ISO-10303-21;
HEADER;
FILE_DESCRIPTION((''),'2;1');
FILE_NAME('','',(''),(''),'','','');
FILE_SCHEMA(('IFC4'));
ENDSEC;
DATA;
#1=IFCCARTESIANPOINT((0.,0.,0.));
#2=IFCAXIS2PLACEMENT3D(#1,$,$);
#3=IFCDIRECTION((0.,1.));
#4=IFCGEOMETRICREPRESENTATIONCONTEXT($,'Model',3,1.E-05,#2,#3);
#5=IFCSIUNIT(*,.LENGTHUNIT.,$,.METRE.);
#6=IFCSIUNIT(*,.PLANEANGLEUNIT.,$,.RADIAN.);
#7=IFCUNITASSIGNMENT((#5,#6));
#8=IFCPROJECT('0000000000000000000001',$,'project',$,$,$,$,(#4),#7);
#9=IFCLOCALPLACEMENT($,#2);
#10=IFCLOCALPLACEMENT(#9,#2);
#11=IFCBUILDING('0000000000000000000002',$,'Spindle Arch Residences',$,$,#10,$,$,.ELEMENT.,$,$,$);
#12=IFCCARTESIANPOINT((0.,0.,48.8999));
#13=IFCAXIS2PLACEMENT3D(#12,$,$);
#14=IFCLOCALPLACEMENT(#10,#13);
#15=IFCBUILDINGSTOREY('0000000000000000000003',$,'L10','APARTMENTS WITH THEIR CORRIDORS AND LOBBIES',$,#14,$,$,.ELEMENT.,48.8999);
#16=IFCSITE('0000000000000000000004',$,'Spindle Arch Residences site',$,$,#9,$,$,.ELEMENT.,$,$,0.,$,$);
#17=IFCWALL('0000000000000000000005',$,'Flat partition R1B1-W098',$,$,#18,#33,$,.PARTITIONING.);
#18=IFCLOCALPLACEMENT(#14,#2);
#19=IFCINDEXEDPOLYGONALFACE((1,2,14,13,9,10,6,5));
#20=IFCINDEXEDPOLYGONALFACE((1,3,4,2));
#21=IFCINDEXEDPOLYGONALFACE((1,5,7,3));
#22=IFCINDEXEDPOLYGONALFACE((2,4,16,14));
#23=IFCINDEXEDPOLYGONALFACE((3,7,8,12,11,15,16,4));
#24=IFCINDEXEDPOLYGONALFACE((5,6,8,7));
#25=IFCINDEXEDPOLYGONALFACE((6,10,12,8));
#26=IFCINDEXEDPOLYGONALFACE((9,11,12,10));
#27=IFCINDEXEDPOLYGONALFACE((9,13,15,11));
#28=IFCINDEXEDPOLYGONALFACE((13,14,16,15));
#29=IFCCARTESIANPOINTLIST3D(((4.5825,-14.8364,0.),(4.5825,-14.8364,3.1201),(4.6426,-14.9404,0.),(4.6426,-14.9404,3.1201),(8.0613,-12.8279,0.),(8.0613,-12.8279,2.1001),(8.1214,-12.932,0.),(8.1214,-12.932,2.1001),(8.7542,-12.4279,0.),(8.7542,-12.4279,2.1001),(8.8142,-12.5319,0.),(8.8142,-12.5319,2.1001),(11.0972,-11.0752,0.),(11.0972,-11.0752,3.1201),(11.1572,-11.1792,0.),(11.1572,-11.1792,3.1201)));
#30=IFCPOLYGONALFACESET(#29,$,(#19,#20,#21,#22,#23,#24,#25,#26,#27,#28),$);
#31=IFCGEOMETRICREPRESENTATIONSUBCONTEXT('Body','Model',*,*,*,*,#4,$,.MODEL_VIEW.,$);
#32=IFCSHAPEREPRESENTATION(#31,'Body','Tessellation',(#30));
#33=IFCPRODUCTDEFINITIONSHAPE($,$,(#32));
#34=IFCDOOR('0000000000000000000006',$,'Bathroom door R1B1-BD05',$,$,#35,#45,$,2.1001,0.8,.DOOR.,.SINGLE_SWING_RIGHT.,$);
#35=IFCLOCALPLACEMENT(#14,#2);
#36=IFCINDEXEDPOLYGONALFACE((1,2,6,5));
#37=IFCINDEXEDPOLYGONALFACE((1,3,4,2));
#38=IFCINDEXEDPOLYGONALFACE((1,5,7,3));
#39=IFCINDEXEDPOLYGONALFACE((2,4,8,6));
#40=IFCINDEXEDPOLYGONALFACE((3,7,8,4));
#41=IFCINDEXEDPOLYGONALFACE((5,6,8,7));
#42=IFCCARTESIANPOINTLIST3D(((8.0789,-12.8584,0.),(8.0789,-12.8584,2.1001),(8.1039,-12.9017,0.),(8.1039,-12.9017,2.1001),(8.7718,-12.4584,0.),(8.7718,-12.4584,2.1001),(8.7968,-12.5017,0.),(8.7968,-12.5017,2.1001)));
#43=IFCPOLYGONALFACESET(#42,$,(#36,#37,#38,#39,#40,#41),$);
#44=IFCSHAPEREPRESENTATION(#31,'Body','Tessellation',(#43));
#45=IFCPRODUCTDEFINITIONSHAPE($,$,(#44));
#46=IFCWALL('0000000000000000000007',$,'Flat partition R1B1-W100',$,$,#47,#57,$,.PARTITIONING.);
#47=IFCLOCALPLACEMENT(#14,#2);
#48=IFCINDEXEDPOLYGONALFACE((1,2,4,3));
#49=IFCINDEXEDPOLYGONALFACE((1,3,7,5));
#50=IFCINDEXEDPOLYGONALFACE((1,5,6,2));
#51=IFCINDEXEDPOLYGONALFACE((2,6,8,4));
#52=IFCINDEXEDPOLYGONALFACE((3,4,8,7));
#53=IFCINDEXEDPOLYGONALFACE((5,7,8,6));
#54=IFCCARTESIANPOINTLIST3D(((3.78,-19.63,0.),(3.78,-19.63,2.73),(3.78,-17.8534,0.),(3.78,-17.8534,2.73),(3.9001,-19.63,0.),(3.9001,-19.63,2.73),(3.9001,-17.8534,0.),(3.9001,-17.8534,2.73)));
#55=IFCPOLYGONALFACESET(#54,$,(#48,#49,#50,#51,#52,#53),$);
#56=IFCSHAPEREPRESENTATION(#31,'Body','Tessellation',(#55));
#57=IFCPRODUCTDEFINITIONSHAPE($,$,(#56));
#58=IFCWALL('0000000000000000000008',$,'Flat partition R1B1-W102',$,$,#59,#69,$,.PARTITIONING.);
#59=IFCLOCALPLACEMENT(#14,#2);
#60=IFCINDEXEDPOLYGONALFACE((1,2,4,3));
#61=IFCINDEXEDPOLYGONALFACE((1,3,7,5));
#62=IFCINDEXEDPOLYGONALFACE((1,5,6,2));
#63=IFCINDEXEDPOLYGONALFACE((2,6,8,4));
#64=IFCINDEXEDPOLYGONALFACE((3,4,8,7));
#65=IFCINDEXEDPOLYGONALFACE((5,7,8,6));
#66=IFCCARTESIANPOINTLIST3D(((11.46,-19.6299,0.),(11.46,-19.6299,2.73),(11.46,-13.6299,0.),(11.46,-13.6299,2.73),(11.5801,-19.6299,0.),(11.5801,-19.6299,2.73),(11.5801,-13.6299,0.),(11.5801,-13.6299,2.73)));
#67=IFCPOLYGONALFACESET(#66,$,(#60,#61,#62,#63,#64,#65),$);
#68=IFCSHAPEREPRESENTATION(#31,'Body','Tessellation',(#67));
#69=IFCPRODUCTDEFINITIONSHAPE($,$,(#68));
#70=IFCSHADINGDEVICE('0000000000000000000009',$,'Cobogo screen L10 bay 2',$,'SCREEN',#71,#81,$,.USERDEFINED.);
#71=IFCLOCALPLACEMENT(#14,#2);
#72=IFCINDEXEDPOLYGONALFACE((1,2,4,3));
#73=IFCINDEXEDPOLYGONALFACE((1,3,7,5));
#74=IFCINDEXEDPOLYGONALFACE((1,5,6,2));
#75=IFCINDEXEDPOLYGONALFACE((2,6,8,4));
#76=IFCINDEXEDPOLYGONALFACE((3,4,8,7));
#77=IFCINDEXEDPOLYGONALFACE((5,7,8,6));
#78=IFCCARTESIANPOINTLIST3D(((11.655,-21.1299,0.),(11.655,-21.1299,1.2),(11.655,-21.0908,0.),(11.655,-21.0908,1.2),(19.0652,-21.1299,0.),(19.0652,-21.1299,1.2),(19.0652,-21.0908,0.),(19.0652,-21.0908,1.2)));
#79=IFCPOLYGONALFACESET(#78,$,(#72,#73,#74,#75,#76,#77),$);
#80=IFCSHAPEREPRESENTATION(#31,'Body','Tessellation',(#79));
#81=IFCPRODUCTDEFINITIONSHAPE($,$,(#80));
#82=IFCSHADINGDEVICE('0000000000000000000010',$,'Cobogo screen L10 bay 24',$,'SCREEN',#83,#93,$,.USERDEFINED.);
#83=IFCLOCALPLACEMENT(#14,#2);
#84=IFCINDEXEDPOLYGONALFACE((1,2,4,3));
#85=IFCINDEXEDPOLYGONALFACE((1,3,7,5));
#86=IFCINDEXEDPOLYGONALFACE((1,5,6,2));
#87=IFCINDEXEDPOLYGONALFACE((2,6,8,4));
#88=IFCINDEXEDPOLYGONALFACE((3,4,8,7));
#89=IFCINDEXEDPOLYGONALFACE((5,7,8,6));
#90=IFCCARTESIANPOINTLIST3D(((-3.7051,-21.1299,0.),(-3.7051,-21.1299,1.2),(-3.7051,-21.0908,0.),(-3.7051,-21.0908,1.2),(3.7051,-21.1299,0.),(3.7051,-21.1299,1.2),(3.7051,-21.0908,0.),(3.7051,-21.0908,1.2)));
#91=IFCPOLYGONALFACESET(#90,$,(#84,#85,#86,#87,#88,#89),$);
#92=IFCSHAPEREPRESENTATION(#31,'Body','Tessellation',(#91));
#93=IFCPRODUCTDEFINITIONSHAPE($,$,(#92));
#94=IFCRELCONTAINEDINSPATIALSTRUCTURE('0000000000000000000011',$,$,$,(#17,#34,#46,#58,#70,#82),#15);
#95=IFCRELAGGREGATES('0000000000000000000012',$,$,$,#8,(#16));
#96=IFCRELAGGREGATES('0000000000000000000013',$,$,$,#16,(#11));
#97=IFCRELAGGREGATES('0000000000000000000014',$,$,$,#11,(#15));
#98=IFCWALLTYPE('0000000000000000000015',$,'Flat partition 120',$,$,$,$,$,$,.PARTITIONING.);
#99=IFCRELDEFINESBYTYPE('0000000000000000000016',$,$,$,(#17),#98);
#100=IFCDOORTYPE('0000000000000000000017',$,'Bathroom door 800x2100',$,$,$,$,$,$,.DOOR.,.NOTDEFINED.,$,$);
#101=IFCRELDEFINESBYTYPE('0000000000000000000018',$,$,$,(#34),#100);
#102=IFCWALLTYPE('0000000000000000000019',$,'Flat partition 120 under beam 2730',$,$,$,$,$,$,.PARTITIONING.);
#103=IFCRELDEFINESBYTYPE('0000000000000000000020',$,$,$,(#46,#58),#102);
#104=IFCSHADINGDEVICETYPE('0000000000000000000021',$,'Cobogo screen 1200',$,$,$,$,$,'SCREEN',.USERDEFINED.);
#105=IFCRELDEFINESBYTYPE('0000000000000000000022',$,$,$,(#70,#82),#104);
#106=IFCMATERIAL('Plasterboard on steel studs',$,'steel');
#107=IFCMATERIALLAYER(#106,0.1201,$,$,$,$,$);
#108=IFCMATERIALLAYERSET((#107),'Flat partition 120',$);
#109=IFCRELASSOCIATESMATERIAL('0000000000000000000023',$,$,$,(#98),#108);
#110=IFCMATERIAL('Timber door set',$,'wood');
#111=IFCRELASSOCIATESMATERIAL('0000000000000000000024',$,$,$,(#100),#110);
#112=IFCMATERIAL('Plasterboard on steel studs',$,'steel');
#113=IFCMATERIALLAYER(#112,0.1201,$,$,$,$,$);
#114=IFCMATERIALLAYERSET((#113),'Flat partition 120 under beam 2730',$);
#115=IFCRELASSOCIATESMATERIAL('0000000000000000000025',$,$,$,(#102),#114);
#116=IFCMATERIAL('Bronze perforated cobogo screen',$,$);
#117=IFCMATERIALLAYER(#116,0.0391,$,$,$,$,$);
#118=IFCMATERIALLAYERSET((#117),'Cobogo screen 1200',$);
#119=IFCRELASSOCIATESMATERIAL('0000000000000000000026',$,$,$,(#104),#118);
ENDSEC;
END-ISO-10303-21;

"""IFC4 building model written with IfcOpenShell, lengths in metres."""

from ifc_helpers import new_model, si_unit, direction, frame, frame_2d, origin, origin_2d, place, context, subcontext, project, spatial, rectangle, extrude, material, layer, layer_set, type_object, element, fill, save


model = new_model("IFC4")

# Units and contexts
model_context = context("Model", 3, precision=1e-05, world=origin(), true_north=direction((0.0, 1.0)))
body_context = subcontext(model_context, "Body", "Model", "MODEL_VIEW")
ifc_project = project(units=[si_unit("LENGTHUNIT", "METRE"), si_unit("PLANEANGLEUNIT", "RADIAN")], contexts=[model_context])

# Site, building, storey
site_placement = place(None, origin())
site = spatial("IfcSite", under=ifc_project, at=site_placement, Name="Spindle Arch Residences site", CompositionType="ELEMENT", RefElevation=0.0)
building_placement = place(site_placement, origin())
building = spatial("IfcBuilding", under=site, at=building_placement, Name="Spindle Arch Residences", CompositionType="ELEMENT")
storey_placement = place(building_placement, frame((0.0, 0.0, 48.8999)))
storey = spatial("IfcBuildingStorey", under=building, at=storey_placement, Name="L10", Description="APARTMENTS WITH THEIR CORRIDORS AND LOBBIES", CompositionType="ELEMENT", Elevation=48.8999)

# Shared definitions
ifc_material_1 = material(Name="Plasterboard on steel studs", Category="steel")
ifc_layer_1 = layer(ifc_material_1, 0.1201)
ifc_layer_set_1 = layer_set([ifc_layer_1], Name="Flat partition 120")
wall_type_1 = type_object("IfcWallType", Name="Flat partition 120", PredefinedType="PARTITIONING", material=ifc_layer_set_1)

# Wall, opening, door
wall_1_placement = place(storey_placement, frame((4.6125, -14.8884, 0.0), z_axis=(0.0, 0.0, 1.0), x_axis=(0.866026, 0.5, 0.0)))
wall_1 = element("IfcWall", 1, at=wall_1_placement, inside=storey, type_object=wall_type_1, Name="Flat partition R1B1-W098", PredefinedType="PARTITIONING", context=body_context, shape_type="SweptSolid", body=[
    extrude(rectangle(XDim=7.5225, YDim=0.1201, at=frame_2d((3.7612, 0.0))), origin(), (0.0, 0.0, 1.0), 3.1201),
])
opening_1_placement = place(wall_1_placement, frame((4.0171, 0.0, 0.0)))
opening_1 = element("IfcOpeningElement", 2, at=opening_1_placement, cuts=wall_1, PredefinedType="OPENING", context=body_context, shape_type="SweptSolid", body=[
    extrude(rectangle(XDim=0.8, YDim=2.1001, at=frame_2d((0.3999, 1.05))), frame((0.0, 0.0701, 0.0), z_axis=(0.0, -1.0, 0.0), x_axis=(1.0, 0.0, 0.0)), (0.0, 0.0, 1.0), 0.1401),
])
ifc_material_2 = material(Name="Timber door set", Category="wood")
door_type_1 = type_object("IfcDoorType", Name="Bathroom door 800x2100", OperationType="NOTDEFINED", PredefinedType="DOOR", material=ifc_material_2)
door_1_placement = place(opening_1_placement, origin())
door_1 = element("IfcDoor", 3, at=door_1_placement, inside=storey, type_object=door_type_1, Name="Bathroom door R1B1-BD05", OperationType="SINGLE_SWING_RIGHT", OverallHeight=2.1001, OverallWidth=0.8, PredefinedType="DOOR", context=body_context, shape_type="SweptSolid", body=[
    extrude(rectangle(XDim=0.8, YDim=2.1001, at=frame_2d((0.3999, 1.05))), frame((0.0, 0.0249, 0.0), z_axis=(0.0, -1.0, 0.0), x_axis=(1.0, 0.0, 0.0)), (0.0, 0.0, 1.0), 0.05),
])
fill(opening_1, door_1)

# Walls
ifc_material_3 = material(Name="Plasterboard on steel studs", Category="steel")
ifc_layer_2 = layer(ifc_material_3, 0.1201)
ifc_layer_set_2 = layer_set([ifc_layer_2], Name="Flat partition 120 under beam 2730")
wall_type_2 = type_object("IfcWallType", Name="Flat partition 120 under beam 2730", PredefinedType="PARTITIONING", material=ifc_layer_set_2)
wall_2_placement = place(storey_placement, frame((3.8401, -19.6299, 0.0), z_axis=(0.0, 0.0, 1.0), x_axis=(0.0, 1.0, 0.0)))
element("IfcWall", 4, at=wall_2_placement, inside=storey, type_object=wall_type_2, Name="Flat partition R1B1-W100", PredefinedType="PARTITIONING", context=body_context, shape_type="SweptSolid", body=[
    extrude(rectangle(XDim=1.7766, YDim=0.1201, at=frame_2d((0.8882, 0.0))), origin(), (0.0, 0.0, 1.0), 2.73),
])
wall_3_placement = place(storey_placement, frame((11.52, -19.6299, 0.0), z_axis=(0.0, 0.0, 1.0), x_axis=(0.0, 1.0, 0.0)))
element("IfcWall", 5, at=wall_3_placement, inside=storey, type_object=wall_type_2, Name="Flat partition R1B1-W102", PredefinedType="PARTITIONING", context=body_context, shape_type="SweptSolid", body=[
    extrude(rectangle(XDim=6.0, YDim=0.1201, at=frame_2d((3.0, 0.0))), origin(), (0.0, 0.0, 1.0), 2.73),
])

# Shading devices
ifc_material_4 = material(Name="Bronze perforated cobogo screen")
ifc_layer_3 = layer(ifc_material_4, 0.0391)
ifc_layer_set_3 = layer_set([ifc_layer_3], Name="Cobogo screen 1200")
shading_device_type = type_object("IfcShadingDeviceType", Name="Cobogo screen 1200", ElementType="SCREEN", PredefinedType="USERDEFINED", material=ifc_layer_set_3)
for number, where, z_axis, x_axis, name in (
    (6, (15.3601, -21.1104, 0.0), (0.0, 0.0, 1.0), (1.0, 0.0, 0.0), "Cobogo screen L10 bay 2"),
    (7, (0.0, -21.1104, 0.0), (0.0, 0.0, 1.0), (1.0, 0.0, 0.0), "Cobogo screen L10 bay 24"),
):
    element("IfcShadingDevice", number, at=place(storey_placement, frame(where, z_axis=z_axis, x_axis=x_axis)), inside=storey, type_object=shading_device_type, Name=name, ObjectType="SCREEN", PredefinedType="USERDEFINED", context=body_context, shape_type="SweptSolid", body=[
        extrude(rectangle(XDim=7.4102, YDim=0.0391, at=origin_2d()), origin(), (0.0, 0.0, 1.0), 1.2),
    ])

save(model, "model.ifc")
